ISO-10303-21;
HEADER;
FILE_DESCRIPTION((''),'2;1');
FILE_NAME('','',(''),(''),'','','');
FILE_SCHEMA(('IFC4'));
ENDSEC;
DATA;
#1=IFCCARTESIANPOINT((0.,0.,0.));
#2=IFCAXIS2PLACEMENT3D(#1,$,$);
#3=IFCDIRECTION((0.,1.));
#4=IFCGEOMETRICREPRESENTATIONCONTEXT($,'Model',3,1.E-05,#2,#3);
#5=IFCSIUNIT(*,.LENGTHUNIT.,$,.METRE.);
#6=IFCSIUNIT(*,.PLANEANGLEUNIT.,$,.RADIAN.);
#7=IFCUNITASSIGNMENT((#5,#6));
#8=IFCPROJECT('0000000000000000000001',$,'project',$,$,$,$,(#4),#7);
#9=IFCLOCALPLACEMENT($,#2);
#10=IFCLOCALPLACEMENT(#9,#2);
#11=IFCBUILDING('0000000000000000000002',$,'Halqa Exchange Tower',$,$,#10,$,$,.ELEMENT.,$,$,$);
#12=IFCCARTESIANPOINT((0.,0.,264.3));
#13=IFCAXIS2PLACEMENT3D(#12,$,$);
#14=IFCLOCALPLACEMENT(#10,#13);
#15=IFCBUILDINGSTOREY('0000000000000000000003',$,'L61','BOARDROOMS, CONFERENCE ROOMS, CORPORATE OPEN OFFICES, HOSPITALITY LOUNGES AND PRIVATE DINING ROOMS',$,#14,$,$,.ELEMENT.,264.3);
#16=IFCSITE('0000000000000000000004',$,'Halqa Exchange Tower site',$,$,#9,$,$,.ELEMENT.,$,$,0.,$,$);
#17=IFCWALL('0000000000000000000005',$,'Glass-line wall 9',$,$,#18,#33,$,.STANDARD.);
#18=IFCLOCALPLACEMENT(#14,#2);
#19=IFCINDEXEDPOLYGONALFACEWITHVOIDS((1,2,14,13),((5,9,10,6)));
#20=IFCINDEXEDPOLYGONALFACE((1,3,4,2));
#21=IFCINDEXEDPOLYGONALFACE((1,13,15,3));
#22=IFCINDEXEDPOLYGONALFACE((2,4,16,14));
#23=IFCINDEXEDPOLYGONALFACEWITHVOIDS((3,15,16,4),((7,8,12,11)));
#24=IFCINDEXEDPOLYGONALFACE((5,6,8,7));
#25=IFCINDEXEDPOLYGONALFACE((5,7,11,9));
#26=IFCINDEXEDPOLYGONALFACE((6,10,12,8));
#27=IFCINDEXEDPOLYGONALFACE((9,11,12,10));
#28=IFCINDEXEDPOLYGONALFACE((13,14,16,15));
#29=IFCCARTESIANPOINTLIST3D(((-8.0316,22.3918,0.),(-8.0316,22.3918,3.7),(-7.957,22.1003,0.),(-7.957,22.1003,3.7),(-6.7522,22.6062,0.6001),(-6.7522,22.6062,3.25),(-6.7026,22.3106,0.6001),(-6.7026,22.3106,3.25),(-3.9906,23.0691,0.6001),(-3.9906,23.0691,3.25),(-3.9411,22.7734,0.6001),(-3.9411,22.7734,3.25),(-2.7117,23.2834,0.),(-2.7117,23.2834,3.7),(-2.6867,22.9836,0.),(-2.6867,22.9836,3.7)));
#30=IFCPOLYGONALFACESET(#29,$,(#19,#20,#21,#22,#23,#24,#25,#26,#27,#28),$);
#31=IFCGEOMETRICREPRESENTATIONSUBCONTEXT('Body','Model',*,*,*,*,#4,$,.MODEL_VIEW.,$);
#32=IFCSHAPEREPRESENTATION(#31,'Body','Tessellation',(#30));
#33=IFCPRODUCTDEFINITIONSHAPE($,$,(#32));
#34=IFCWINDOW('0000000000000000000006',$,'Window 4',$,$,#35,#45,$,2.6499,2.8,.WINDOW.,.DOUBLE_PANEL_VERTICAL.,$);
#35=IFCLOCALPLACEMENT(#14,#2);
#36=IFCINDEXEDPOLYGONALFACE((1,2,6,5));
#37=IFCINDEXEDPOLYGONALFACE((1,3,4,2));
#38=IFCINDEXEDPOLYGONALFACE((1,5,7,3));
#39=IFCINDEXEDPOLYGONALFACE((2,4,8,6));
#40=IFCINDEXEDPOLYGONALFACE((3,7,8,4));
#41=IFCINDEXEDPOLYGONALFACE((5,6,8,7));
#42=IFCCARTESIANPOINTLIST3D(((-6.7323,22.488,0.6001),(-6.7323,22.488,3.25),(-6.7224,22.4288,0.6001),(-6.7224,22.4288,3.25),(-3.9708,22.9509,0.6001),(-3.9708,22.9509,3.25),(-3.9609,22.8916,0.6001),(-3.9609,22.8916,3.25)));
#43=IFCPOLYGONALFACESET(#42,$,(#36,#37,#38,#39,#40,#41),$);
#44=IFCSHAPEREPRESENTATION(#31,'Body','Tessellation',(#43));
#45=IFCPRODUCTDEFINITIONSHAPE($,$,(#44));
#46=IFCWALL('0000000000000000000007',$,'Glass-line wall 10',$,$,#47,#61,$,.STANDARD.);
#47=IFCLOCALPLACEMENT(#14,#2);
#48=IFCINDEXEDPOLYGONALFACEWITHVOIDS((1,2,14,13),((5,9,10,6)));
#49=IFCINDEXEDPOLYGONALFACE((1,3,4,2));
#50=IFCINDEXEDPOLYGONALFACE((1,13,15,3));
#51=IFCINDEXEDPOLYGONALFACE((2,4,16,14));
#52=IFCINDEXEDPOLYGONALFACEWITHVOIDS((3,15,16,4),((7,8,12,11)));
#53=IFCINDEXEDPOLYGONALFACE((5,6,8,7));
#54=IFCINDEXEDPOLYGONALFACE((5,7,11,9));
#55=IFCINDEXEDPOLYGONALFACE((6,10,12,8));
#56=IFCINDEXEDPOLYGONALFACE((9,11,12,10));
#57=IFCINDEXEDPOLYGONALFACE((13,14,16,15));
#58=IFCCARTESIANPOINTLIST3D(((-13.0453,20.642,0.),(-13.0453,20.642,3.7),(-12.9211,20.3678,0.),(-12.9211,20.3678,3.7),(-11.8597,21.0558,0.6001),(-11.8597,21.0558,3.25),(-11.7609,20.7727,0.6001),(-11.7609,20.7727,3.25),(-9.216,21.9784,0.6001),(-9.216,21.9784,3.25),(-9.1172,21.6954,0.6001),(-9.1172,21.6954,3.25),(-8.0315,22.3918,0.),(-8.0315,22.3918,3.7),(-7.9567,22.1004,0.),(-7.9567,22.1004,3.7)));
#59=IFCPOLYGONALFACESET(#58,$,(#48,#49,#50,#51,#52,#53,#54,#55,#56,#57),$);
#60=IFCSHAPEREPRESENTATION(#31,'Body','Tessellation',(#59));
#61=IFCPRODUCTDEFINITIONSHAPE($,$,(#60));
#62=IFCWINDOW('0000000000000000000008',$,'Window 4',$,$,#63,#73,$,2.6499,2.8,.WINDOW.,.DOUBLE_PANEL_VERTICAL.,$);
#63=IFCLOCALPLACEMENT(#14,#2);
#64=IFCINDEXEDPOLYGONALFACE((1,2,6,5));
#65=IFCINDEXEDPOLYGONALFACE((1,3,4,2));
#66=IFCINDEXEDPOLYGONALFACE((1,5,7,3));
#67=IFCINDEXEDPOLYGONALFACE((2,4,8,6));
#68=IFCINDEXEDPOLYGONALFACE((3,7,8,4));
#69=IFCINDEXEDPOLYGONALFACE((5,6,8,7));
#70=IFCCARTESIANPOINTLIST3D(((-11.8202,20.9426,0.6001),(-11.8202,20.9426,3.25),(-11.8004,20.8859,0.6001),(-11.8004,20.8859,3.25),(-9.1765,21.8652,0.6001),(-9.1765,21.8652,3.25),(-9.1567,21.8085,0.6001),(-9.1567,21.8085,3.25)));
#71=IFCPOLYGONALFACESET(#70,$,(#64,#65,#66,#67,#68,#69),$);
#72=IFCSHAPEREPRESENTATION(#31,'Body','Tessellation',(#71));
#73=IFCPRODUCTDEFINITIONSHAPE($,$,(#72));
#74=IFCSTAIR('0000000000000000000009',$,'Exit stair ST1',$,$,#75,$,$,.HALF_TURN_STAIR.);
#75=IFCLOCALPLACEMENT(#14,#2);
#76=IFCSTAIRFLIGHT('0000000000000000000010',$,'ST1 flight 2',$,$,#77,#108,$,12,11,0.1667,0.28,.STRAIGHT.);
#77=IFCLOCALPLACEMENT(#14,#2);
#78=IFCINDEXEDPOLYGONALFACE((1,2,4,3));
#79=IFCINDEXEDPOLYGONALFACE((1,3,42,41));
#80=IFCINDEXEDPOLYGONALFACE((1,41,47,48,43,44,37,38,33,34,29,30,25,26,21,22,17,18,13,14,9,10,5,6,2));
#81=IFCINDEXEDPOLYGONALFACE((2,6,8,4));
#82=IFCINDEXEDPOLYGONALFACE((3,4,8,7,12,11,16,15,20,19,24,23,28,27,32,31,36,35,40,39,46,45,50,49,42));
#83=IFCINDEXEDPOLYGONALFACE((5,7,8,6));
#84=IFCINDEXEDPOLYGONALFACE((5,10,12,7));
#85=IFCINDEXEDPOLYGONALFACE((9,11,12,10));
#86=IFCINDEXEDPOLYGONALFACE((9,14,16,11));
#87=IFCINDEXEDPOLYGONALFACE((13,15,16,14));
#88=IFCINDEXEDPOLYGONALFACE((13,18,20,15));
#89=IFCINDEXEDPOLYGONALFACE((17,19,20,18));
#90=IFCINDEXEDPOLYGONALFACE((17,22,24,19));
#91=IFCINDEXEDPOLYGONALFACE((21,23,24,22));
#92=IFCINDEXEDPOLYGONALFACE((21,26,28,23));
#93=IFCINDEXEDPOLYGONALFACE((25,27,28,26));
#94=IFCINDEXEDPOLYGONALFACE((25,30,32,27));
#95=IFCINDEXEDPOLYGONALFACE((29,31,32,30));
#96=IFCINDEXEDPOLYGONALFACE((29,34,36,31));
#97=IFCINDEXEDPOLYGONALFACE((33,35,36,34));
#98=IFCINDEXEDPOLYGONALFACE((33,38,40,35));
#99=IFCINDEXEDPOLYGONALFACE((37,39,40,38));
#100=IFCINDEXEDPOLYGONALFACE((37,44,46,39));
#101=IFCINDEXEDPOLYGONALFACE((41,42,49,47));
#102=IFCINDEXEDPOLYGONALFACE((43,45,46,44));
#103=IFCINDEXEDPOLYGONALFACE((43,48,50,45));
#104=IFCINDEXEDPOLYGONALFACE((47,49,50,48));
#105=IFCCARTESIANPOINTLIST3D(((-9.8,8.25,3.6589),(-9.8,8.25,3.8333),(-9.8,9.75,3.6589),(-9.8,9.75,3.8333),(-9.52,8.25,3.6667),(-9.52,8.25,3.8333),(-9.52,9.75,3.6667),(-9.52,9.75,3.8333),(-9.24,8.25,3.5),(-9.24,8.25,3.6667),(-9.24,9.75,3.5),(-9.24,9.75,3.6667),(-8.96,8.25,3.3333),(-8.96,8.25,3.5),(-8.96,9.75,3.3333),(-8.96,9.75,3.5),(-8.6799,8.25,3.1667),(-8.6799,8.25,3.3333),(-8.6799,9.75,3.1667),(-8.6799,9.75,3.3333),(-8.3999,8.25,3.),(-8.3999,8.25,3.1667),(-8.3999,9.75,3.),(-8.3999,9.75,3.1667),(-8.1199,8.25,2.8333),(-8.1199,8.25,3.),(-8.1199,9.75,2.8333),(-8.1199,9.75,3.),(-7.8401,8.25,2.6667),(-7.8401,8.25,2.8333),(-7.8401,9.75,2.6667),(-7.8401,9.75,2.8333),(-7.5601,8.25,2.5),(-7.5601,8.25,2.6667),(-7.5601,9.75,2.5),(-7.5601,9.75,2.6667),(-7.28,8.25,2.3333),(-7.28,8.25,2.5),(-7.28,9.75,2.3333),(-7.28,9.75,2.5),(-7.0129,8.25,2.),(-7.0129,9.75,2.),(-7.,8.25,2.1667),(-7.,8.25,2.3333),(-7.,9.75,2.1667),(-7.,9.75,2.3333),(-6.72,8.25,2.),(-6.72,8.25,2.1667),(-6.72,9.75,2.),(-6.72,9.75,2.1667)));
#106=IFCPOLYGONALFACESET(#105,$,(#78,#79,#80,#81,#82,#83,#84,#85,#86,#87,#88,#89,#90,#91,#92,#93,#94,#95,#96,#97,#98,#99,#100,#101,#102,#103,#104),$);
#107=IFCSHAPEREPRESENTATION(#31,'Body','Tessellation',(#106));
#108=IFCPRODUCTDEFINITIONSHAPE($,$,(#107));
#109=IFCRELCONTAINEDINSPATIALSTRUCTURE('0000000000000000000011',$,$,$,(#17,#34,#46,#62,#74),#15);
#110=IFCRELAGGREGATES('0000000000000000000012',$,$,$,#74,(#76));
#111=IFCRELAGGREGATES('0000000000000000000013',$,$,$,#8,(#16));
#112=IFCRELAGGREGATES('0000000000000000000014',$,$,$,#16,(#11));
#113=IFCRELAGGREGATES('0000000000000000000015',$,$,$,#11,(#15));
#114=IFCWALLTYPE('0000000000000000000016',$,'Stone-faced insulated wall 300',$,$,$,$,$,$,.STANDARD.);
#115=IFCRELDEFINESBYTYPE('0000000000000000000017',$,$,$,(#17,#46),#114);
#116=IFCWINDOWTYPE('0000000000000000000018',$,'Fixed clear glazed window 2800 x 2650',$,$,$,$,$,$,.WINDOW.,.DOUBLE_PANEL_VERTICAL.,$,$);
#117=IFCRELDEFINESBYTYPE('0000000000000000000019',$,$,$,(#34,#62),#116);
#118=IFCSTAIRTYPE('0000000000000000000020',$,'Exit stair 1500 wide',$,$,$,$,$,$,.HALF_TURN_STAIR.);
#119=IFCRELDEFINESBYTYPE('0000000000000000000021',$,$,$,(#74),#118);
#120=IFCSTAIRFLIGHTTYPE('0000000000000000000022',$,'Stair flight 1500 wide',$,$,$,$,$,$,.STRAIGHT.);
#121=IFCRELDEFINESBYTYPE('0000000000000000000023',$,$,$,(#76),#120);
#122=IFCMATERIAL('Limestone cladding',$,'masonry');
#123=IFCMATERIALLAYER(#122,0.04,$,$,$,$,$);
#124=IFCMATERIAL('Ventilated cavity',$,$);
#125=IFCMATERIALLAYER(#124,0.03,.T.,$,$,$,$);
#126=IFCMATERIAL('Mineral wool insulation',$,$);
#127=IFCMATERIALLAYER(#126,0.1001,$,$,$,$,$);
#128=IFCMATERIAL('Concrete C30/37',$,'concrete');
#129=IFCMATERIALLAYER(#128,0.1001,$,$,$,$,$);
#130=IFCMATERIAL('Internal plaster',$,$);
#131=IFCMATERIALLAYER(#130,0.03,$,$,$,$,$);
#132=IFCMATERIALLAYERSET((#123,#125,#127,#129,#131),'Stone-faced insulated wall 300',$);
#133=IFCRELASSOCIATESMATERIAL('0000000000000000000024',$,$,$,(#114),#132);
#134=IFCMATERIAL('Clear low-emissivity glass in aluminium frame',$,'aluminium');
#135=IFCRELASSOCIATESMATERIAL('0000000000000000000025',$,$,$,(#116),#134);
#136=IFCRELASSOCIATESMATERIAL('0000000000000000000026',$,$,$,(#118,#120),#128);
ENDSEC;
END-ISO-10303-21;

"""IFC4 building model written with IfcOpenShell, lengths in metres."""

from ifc_helpers import new_model, si_unit, direction, frame, frame_2d, origin, place, context, subcontext, project, spatial, polyline, rectangle, outline, extrude, material, layer, layer_set, type_object, element, fill, aggregate, save


model = new_model("IFC4")

# Units and contexts
model_context = context("Model", 3, precision=1e-05, world=origin(), true_north=direction((0.0, 1.0)))
body_context = subcontext(model_context, "Body", "Model", "MODEL_VIEW")
ifc_project = project(units=[si_unit("LENGTHUNIT", "METRE"), si_unit("PLANEANGLEUNIT", "RADIAN")], contexts=[model_context])

# Site, building, storey
site_placement = place(None, origin())
site = spatial("IfcSite", under=ifc_project, at=site_placement, Name="Halqa Exchange Tower site", CompositionType="ELEMENT", RefElevation=0.0)
building_placement = place(site_placement, origin())
building = spatial("IfcBuilding", under=site, at=building_placement, Name="Halqa Exchange Tower", CompositionType="ELEMENT")
storey_placement = place(building_placement, frame((0.0, 0.0, 264.3)))
storey = spatial("IfcBuildingStorey", under=building, at=storey_placement, Name="L61", Description="BOARDROOMS, CONFERENCE ROOMS, CORPORATE OPEN OFFICES, HOSPITALITY LOUNGES AND PRIVATE DINING ROOMS", CompositionType="ELEMENT", Elevation=264.3)

# Shared definitions
ifc_material_1 = material(Name="Concrete C30/37", Category="concrete")

# Walls, openings, windows
ifc_material_2 = material(Name="Limestone cladding", Category="masonry")
ifc_layer_1 = layer(ifc_material_2, 0.04)
ifc_material_3 = material(Name="Ventilated cavity")
ifc_layer_2 = layer(ifc_material_3, 0.03, ventilated=True)
ifc_material_4 = material(Name="Mineral wool insulation")
ifc_layer_3 = layer(ifc_material_4, 0.1001)
ifc_layer_4 = layer(ifc_material_1, 0.1001)
ifc_material_5 = material(Name="Internal plaster")
ifc_layer_5 = layer(ifc_material_5, 0.03)
ifc_layer_set_1 = layer_set([ifc_layer_1, ifc_layer_2, ifc_layer_3, ifc_layer_4, ifc_layer_5], Name="Stone-faced insulated wall 300")
wall_type_1 = type_object("IfcWallType", Name="Stone-faced insulated wall 300", PredefinedType="STANDARD", material=ifc_layer_set_1)
wall_1_placement = place(storey_placement, frame((-2.6992, 23.1335, 0.0), z_axis=(0.0, 0.0, 1.0), x_axis=(-0.986244, -0.165299, 0.0)))
wall_1 = element("IfcWall", 1, at=wall_1_placement, inside=storey, type_object=wall_type_1, Name="Glass-line wall 9", PredefinedType="STANDARD", context=body_context, shape_type="SweptSolid", body=[
    extrude(outline(polyline([(-0.0125, -0.1499), (5.3816, -0.1499), (5.3562, 0.1499), (0.0125, 0.1499), (-0.0125, -0.1499)])), origin(), (0.0, 0.0, 1.0), 3.7),
])
opening_1_placement = place(wall_1_placement, frame((1.2844, 0.0, 0.6001)))
opening_1 = element("IfcOpeningElement", 2, at=opening_1_placement, cuts=wall_1, PredefinedType="OPENING", context=body_context, shape_type="SweptSolid", body=[
    extrude(rectangle(XDim=2.8, YDim=2.6499, at=frame_2d((1.3999, 1.325))), frame((0.0, 0.1621, 0.0), z_axis=(0.0, -1.0, 0.0), x_axis=(1.0, 0.0, 0.0)), (0.0, 0.0, 1.0), 0.324),
])
ifc_material_6 = material(Name="Clear low-emissivity glass in aluminium frame", Category="aluminium")
window_type = type_object("IfcWindowType", Name="Fixed clear glazed window 2800 x 2650", PartitioningType="DOUBLE_PANEL_VERTICAL", PredefinedType="WINDOW", material=ifc_material_6)
window_1_placement = place(opening_1_placement, origin())
window_1 = element("IfcWindow", 3, at=window_1_placement, inside=storey, type_object=window_type, Name="Window 4", OverallHeight=2.6499, OverallWidth=2.8, PartitioningType="DOUBLE_PANEL_VERTICAL", PredefinedType="WINDOW", context=body_context, shape_type="SweptSolid", body=[
    extrude(rectangle(XDim=2.8, YDim=2.6499, at=frame_2d((1.3999, 1.325))), frame((0.0, 0.03, 0.0), z_axis=(0.0, -1.0, 0.0), x_axis=(1.0, 0.0, 0.0)), (0.0, 0.0, 1.0), 0.0601),
])
fill(opening_1, window_1)
wall_2_placement = place(storey_placement, frame((-7.9941, 22.2461, 0.0), z_axis=(0.0, 0.0, 1.0), x_axis=(-0.94415, -0.329517, 0.0)))
wall_2 = element("IfcWall", 4, at=wall_2_placement, inside=storey, type_object=wall_type_1, Name="Glass-line wall 10", PredefinedType="STANDARD", context=body_context, shape_type="SweptSolid", body=[
    extrude(outline(polyline([(-0.0127, -0.1499), (5.2976, -0.1499), (5.2708, 0.1499), (0.0127, 0.1499), (-0.0127, -0.1499)])), origin(), (0.0, 0.0, 1.0), 3.7),
])
opening_2_placement = place(wall_2_placement, frame((1.2419, 0.0, 0.6001)))
opening_2 = element("IfcOpeningElement", 5, at=opening_2_placement, cuts=wall_2, PredefinedType="OPENING", context=body_context, shape_type="SweptSolid", body=[
    extrude(rectangle(XDim=2.8, YDim=2.6499, at=frame_2d((1.3999, 1.325))), frame((0.0, 0.1621, 0.0), z_axis=(0.0, -1.0, 0.0), x_axis=(1.0, 0.0, 0.0)), (0.0, 0.0, 1.0), 0.324),
])
window_2_placement = place(opening_2_placement, origin())
window_2 = element("IfcWindow", 6, at=window_2_placement, inside=storey, type_object=window_type, Name="Window 4", OverallHeight=2.6499, OverallWidth=2.8, PartitioningType="DOUBLE_PANEL_VERTICAL", PredefinedType="WINDOW", context=body_context, shape_type="SweptSolid", body=[
    extrude(rectangle(XDim=2.8, YDim=2.6499, at=frame_2d((1.3999, 1.325))), frame((0.0, 0.03, 0.0), z_axis=(0.0, -1.0, 0.0), x_axis=(1.0, 0.0, 0.0)), (0.0, 0.0, 1.0), 0.0601),
])
fill(opening_2, window_2)

# Stair, stair flight
stair_type = type_object("IfcStairType", Name="Exit stair 1500 wide", PredefinedType="HALF_TURN_STAIR", material=ifc_material_1)
stair_placement = place(storey_placement, origin())
stair = element("IfcStair", 7, at=stair_placement, inside=storey, type_object=stair_type, Name="Exit stair ST1", PredefinedType="HALF_TURN_STAIR")
stair_flight_type = type_object("IfcStairFlightType", Name="Stair flight 1500 wide", PredefinedType="STRAIGHT", material=ifc_material_1)
stair_flight_placement = place(storey_placement, frame((-6.72, 9.0, 2.0), z_axis=(0.0, 0.0, 1.0), x_axis=(-1.0, 0.0, 0.0)))
stair_flight = element("IfcStairFlight", 8, at=stair_flight_placement, type_object=stair_flight_type, Name="ST1 flight 2", NumberOfRisers=12, NumberOfTreads=11, PredefinedType="STRAIGHT", RiserHeight=0.1667, TreadLength=0.28, context=body_context, shape_type="SweptSolid", body=[
    extrude(outline(polyline([(0.0, 0.0), (0.0, 0.1667), (0.28, 0.1667), (0.28, 0.3333), (0.5601, 0.3333), (0.5601, 0.5), (0.8401, 0.5), (0.8401, 0.6667), (1.1201, 0.6667), (1.1201, 0.8333), (1.3999, 0.8333), (1.3999, 1.0), (1.6799, 1.0), (1.6799, 1.1667), (1.96, 1.1667), (1.96, 1.3333), (2.24, 1.3333), (2.24, 1.5), (2.52, 1.5), (2.52, 1.6667), (2.8, 1.6667), (2.8, 1.8333), (3.0801, 1.8333), (3.0801, 2.0), (3.0801, 1.6589), (0.293, 0.0), (0.0, 0.0)])), frame((0.0, 0.75, 0.0), z_axis=(0.0, -1.0, 0.0), x_axis=(1.0, 0.0, 0.0)), (0.0, 0.0, 1.0), 1.5),
])
aggregate(stair, [stair_flight])

save(model, "model.ifc")
